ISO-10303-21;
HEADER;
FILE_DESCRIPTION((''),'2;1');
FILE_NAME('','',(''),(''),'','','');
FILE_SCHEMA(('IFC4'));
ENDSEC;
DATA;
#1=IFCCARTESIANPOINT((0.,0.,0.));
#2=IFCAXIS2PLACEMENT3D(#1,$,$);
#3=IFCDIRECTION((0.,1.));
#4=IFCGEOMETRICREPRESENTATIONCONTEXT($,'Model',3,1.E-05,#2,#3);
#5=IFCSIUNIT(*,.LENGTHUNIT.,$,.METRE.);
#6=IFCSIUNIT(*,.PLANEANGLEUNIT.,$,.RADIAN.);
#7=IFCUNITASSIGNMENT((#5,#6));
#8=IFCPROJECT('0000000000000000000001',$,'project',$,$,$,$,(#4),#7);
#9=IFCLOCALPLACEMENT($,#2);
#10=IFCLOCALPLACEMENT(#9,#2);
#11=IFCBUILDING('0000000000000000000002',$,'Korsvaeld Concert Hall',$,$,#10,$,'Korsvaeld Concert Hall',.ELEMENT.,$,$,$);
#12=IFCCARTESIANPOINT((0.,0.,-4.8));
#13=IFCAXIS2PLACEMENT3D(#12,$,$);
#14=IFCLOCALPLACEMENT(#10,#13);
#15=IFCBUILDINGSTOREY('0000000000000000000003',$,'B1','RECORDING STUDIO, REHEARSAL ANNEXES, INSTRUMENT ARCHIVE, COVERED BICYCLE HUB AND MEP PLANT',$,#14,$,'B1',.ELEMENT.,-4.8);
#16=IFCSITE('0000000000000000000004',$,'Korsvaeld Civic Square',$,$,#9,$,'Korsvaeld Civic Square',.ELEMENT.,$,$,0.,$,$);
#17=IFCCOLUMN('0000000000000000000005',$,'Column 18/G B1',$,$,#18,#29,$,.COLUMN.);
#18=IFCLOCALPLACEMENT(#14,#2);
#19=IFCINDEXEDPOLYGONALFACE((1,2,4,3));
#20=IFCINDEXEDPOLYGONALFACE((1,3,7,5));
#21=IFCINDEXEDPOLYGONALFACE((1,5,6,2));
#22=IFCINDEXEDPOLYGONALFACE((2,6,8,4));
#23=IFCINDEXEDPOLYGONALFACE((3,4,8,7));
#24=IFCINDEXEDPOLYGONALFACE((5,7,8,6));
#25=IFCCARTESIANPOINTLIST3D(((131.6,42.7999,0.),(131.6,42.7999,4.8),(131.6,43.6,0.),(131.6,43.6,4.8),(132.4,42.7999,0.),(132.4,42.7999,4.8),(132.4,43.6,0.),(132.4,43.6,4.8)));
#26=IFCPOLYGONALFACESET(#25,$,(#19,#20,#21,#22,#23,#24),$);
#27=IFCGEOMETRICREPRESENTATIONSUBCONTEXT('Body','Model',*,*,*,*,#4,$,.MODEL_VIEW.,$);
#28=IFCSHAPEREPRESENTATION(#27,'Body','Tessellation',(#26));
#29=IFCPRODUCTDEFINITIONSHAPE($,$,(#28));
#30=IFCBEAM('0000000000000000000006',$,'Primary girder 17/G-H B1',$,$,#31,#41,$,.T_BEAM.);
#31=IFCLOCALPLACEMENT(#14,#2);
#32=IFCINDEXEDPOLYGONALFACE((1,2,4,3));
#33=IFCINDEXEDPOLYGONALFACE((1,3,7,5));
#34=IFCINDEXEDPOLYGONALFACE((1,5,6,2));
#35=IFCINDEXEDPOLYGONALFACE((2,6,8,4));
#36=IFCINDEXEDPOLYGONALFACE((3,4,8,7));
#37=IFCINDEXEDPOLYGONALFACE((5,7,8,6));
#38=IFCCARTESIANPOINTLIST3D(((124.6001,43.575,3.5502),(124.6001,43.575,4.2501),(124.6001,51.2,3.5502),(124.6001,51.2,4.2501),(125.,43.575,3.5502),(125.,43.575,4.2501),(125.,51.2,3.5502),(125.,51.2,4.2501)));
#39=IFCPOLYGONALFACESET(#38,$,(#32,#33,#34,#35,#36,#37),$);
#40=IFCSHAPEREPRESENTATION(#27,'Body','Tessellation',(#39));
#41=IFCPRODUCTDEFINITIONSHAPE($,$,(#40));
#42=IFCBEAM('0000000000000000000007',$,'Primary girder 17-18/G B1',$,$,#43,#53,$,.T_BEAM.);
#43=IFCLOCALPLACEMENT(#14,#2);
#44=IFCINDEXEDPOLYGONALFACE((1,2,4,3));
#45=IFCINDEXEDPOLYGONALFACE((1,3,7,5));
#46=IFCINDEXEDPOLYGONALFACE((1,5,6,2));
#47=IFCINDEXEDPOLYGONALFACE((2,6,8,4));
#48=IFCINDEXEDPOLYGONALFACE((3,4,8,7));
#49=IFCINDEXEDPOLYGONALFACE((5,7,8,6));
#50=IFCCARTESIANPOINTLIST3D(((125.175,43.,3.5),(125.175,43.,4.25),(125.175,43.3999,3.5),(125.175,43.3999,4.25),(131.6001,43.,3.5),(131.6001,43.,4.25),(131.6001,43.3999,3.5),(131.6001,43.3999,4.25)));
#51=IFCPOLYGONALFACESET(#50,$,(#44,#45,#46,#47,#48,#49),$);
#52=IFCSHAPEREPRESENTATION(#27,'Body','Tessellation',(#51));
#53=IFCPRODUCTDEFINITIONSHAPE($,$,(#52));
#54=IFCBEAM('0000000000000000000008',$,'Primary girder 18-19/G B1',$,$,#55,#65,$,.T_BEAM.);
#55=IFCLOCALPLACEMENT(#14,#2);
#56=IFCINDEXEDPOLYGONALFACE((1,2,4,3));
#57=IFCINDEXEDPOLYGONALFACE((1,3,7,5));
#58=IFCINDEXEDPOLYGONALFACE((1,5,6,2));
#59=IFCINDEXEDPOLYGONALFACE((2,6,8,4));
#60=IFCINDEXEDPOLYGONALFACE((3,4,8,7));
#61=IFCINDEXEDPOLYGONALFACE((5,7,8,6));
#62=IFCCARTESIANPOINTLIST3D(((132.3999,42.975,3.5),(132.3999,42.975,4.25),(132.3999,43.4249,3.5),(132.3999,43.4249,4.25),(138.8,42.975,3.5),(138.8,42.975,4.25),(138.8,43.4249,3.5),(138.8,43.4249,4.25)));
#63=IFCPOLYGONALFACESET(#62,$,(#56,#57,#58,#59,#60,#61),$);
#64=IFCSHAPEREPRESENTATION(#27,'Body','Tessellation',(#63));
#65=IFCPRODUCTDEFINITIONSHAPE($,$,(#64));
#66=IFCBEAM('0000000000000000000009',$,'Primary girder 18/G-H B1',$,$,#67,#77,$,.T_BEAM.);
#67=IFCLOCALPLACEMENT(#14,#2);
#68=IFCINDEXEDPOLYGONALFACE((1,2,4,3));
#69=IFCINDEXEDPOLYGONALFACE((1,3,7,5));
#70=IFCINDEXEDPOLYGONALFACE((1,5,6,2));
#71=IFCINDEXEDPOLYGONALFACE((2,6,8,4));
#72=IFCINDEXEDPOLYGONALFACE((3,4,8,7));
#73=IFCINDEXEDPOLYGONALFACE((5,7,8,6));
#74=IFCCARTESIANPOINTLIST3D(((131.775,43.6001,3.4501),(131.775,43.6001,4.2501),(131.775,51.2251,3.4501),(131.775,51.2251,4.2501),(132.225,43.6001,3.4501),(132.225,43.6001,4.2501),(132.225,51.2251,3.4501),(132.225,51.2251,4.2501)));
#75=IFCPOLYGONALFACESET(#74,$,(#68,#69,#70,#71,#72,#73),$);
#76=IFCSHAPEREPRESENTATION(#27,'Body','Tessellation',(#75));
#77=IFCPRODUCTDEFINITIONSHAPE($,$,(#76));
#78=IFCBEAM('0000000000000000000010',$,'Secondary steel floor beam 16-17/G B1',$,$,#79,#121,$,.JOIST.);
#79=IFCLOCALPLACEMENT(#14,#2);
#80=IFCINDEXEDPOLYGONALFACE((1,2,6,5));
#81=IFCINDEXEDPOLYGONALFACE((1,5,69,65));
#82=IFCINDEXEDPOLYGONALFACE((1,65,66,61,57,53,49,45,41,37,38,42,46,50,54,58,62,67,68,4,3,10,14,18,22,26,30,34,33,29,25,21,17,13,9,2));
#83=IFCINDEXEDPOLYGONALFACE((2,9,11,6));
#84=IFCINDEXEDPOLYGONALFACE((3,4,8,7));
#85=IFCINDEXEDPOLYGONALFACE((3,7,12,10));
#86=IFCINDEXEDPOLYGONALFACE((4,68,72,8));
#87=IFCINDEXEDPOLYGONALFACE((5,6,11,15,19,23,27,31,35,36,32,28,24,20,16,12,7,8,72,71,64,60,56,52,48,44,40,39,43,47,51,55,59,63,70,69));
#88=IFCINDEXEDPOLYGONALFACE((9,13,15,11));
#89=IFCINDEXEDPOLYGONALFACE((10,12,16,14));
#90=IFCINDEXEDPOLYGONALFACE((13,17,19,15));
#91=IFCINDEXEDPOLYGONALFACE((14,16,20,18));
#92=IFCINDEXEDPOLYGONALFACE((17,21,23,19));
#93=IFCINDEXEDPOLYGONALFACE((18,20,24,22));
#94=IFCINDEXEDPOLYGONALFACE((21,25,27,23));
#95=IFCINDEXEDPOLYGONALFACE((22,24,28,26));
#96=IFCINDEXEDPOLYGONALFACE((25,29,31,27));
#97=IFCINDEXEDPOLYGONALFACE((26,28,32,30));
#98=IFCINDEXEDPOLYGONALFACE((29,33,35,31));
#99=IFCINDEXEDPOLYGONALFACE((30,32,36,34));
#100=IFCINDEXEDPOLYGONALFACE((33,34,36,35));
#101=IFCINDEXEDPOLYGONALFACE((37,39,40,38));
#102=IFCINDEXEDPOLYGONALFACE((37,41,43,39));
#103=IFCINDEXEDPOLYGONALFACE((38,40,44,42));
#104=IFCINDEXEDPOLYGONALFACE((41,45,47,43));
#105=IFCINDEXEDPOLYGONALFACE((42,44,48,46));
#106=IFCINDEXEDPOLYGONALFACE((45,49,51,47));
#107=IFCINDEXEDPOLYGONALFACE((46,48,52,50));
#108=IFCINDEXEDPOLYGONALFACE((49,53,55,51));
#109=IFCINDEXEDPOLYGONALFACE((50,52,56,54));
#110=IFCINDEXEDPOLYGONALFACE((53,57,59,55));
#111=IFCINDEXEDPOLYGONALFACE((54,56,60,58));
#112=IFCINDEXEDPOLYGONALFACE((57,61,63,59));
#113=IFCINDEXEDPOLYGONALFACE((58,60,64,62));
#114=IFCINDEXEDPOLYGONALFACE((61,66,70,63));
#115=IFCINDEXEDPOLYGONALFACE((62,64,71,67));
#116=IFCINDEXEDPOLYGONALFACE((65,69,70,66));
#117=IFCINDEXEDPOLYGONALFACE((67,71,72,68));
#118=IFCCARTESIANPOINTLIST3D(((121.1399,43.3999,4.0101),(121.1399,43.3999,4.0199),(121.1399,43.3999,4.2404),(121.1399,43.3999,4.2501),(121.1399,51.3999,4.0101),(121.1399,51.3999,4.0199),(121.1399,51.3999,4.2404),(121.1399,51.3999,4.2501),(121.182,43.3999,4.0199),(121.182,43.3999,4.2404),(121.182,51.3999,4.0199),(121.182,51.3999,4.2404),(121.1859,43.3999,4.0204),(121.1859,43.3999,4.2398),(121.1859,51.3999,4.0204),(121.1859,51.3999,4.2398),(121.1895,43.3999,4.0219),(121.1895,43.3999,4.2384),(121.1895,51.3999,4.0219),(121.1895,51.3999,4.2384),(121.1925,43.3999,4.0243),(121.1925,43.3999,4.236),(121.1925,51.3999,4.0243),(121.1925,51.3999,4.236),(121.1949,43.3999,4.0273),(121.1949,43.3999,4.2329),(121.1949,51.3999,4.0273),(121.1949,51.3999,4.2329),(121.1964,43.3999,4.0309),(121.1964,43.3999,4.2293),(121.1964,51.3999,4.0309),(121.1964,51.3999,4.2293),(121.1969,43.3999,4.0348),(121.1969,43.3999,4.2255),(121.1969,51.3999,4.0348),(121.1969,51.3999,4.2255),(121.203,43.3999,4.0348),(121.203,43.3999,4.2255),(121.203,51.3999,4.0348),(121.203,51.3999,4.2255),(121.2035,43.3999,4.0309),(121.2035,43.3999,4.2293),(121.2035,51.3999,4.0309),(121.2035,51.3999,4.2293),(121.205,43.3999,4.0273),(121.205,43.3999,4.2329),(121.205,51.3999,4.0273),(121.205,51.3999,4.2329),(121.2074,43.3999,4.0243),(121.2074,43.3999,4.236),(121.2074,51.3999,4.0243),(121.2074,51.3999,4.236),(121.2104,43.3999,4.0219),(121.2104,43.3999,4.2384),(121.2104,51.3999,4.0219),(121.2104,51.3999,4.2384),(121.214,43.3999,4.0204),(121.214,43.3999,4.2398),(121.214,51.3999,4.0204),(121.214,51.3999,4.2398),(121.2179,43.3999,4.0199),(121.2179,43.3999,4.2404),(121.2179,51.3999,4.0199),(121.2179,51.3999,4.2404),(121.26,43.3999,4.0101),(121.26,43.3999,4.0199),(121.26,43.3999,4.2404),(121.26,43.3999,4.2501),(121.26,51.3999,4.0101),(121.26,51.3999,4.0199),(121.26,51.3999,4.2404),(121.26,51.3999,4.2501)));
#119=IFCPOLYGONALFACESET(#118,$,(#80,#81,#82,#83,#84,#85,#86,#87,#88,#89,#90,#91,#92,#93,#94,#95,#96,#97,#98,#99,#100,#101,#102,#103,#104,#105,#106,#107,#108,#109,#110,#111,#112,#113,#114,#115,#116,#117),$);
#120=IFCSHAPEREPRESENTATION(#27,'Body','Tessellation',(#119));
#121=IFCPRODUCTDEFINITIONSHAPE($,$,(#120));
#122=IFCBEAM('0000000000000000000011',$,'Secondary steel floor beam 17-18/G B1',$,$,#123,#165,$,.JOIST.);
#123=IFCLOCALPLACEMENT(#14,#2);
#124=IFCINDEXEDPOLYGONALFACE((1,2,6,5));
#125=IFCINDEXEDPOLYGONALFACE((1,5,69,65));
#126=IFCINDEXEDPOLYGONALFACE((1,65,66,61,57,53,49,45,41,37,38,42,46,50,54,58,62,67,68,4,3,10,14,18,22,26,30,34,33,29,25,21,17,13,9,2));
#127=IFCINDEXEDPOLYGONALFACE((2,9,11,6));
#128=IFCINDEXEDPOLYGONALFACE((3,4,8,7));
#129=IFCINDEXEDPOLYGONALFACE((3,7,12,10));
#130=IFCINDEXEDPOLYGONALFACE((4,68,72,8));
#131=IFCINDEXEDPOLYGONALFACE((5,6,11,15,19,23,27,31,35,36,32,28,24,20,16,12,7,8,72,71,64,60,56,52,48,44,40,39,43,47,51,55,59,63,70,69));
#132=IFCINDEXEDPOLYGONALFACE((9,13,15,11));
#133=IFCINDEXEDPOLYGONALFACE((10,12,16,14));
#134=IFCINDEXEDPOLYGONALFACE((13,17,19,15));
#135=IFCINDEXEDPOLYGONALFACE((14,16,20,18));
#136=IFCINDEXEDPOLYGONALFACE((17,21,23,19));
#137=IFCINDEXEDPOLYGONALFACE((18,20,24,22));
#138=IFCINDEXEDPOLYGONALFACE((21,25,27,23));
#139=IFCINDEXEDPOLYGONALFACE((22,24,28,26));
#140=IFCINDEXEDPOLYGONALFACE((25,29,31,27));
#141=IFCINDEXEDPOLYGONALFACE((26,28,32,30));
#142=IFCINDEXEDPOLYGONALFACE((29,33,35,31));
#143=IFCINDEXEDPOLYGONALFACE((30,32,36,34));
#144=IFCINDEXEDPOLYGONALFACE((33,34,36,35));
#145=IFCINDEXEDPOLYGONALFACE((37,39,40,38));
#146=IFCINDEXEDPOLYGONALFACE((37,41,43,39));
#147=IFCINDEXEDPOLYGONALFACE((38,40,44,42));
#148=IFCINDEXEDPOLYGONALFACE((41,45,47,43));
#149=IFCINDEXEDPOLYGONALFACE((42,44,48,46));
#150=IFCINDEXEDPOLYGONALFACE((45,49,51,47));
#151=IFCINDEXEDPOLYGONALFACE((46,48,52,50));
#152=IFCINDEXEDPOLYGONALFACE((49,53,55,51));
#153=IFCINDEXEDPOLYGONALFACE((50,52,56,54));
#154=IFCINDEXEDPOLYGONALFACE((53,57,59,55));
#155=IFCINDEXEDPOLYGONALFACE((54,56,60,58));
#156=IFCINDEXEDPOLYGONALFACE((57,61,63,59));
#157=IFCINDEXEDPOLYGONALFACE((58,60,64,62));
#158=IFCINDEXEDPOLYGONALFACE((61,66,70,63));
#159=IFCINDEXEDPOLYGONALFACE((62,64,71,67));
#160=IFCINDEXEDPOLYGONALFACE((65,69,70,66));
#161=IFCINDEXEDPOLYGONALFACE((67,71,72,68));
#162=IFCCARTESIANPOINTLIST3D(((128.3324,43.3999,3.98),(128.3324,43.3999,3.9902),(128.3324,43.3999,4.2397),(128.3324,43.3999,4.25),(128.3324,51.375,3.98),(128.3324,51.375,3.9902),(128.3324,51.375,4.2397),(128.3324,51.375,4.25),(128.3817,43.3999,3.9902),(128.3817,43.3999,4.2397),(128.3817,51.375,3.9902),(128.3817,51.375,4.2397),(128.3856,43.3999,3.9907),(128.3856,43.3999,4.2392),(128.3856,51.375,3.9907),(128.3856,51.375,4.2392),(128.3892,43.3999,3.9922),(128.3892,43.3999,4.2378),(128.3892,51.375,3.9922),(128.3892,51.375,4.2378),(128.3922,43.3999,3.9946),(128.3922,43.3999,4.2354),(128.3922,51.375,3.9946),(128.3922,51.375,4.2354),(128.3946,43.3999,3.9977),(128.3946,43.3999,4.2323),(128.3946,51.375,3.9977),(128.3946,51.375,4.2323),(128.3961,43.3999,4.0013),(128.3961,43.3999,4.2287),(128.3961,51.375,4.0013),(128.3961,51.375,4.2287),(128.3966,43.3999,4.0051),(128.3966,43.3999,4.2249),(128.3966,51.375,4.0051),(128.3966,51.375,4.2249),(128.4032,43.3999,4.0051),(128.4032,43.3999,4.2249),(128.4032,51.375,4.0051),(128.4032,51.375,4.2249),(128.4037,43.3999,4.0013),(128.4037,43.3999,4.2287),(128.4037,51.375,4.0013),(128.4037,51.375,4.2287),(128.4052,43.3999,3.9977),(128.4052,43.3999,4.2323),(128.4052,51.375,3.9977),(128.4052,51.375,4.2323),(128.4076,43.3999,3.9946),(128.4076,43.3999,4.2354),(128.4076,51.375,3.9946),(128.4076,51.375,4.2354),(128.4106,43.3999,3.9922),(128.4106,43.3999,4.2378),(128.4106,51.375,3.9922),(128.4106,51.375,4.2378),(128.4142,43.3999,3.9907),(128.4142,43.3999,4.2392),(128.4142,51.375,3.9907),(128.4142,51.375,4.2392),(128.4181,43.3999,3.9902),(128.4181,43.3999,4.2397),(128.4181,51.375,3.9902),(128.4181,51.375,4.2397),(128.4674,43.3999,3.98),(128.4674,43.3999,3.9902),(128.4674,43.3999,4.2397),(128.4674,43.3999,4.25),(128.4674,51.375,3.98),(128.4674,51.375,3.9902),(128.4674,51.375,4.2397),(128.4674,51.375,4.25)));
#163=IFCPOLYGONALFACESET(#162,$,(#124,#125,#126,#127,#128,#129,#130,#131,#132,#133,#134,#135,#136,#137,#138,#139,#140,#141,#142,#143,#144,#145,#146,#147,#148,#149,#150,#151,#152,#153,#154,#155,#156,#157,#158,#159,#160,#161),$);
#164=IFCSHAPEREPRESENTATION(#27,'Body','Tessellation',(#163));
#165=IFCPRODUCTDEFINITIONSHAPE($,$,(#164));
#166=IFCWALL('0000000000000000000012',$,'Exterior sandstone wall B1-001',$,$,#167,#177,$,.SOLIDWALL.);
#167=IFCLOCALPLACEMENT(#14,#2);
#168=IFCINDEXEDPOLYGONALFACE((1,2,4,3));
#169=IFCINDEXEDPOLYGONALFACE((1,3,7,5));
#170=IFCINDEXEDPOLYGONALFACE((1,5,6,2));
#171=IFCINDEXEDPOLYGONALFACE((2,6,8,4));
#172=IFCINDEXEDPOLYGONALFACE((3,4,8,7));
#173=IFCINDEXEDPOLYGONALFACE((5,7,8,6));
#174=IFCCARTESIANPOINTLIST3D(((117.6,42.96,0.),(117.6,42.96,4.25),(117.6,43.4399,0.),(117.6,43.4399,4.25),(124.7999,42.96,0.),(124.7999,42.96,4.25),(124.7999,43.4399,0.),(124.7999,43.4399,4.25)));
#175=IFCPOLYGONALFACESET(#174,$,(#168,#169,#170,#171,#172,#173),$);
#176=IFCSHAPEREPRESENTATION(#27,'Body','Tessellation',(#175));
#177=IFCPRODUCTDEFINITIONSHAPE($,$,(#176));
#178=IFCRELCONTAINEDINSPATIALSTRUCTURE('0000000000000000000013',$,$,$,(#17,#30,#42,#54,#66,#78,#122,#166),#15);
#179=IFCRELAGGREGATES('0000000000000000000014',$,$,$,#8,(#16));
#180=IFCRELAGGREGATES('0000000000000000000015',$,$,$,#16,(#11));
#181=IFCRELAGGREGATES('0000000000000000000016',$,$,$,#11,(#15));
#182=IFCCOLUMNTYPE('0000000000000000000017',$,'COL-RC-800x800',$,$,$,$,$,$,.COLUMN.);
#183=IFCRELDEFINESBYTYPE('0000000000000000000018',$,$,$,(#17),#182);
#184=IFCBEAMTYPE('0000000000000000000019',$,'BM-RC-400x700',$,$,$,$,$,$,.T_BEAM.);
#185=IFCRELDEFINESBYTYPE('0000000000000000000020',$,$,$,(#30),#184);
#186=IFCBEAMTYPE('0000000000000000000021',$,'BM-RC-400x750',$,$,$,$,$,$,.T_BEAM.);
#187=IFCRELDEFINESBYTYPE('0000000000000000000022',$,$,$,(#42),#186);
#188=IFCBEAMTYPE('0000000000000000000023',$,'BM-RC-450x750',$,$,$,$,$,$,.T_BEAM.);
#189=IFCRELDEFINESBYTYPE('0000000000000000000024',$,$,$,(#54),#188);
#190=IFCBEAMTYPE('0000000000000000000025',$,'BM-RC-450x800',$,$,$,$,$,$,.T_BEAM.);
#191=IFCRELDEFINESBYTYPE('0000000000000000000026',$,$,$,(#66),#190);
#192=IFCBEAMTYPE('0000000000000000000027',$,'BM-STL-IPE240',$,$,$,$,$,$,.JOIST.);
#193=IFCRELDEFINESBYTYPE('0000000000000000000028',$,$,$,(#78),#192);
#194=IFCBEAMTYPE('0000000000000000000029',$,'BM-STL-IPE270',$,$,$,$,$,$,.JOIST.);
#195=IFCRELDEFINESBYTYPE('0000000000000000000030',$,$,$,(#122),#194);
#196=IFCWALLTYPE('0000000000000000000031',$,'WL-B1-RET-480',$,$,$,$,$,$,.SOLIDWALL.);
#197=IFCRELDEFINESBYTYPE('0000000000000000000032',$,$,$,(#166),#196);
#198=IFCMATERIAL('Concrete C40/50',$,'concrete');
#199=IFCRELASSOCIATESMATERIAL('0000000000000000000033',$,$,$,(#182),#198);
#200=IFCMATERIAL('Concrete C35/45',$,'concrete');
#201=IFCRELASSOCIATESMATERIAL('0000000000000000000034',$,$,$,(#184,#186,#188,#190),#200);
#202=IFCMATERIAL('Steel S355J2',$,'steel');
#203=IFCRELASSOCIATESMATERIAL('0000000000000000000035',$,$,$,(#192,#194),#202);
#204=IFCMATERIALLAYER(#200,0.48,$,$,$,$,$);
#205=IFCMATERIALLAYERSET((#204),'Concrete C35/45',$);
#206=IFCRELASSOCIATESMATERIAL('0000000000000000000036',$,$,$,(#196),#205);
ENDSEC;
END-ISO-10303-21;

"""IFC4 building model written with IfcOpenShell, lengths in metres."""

from ifc_helpers import new_model, si_unit, direction, frame, frame_2d, origin, origin_2d, place, context, subcontext, project, spatial, rectangle, i_section, extrude, material, layer, layer_set, material_profile, profile_set, type_object, element, save


model = new_model("IFC4")

# Units and contexts
model_context = context("Model", 3, precision=1e-05, world=origin(), true_north=direction((0.0, 1.0)))
body_context = subcontext(model_context, "Body", "Model", "MODEL_VIEW")
ifc_project = project(units=[si_unit("LENGTHUNIT", "METRE"), si_unit("PLANEANGLEUNIT", "RADIAN")], contexts=[model_context])

# Site, building, storey
site_placement = place(None, origin())
site = spatial("IfcSite", under=ifc_project, at=site_placement, Name="Korsvaeld Civic Square", LongName="Korsvaeld Civic Square", CompositionType="ELEMENT", RefElevation=0.0)
building_placement = place(site_placement, origin())
building = spatial("IfcBuilding", under=site, at=building_placement, Name="Korsvaeld Concert Hall", LongName="Korsvaeld Concert Hall", CompositionType="ELEMENT")
storey_placement = place(building_placement, frame((0.0, 0.0, -4.8)))
storey = spatial("IfcBuildingStorey", under=building, at=storey_placement, Name="B1", Description="RECORDING STUDIO, REHEARSAL ANNEXES, INSTRUMENT ARCHIVE, COVERED BICYCLE HUB AND MEP PLANT", LongName="B1", CompositionType="ELEMENT", Elevation=-4.8)

# Shared definitions
ifc_material_1 = material(Name="Concrete C35/45", Category="concrete")

# Column
ifc_material_2 = material(Name="Concrete C40/50", Category="concrete")
ifc_material_profile_1 = material_profile(ifc_material_2, rectangle(XDim=0.8, YDim=0.8, at=origin_2d()), Name="RC 800x800")
ifc_profile_set_1 = profile_set([ifc_material_profile_1], Name="Concrete C40/50")
column_type_1 = type_object("IfcColumnType", Name="COL-RC-800x800", PredefinedType="COLUMN", material=ifc_profile_set_1)
for number, where, z_axis, x_axis, name in (
    (1, (132.0, 43.2, 0.0), (0.0, 0.0, 1.0), (1.0, 0.0, 0.0), "Column 18/G B1"),
):
    element("IfcColumn", number, at=place(storey_placement, frame(where, z_axis=z_axis, x_axis=x_axis)), inside=storey, type_object=column_type_1, Name=name, PredefinedType="COLUMN", context=body_context, shape_type="SweptSolid", body=[
        extrude(rectangle(XDim=0.8, YDim=0.8, at=origin_2d()), origin(), (0.0, 0.0, 1.0), 4.8),
    ])

# Beams
ifc_material_profile_2 = material_profile(ifc_material_1, rectangle(XDim=0.3999, YDim=0.7, at=origin_2d()), Name="RC 400x700")
ifc_profile_set_2 = profile_set([ifc_material_profile_2], Name="Concrete C35/45")
beam_type_1 = type_object("IfcBeamType", Name="BM-RC-400x700", PredefinedType="T_BEAM", material=ifc_profile_set_2)
beam_1_placement = place(storey_placement, frame((124.8, 43.575, 3.9001), z_axis=(0.0, 1.0, 0.0), x_axis=(-1.0, 0.0, 0.0)))
element("IfcBeam", 2, at=beam_1_placement, inside=storey, type_object=beam_type_1, Name="Primary girder 17/G-H B1", PredefinedType="T_BEAM", context=body_context, shape_type="SweptSolid", body=[
    extrude(rectangle(XDim=0.3999, YDim=0.7, at=origin_2d()), origin(), (0.0, 0.0, 1.0), 7.625),
])
ifc_material_profile_3 = material_profile(ifc_material_1, rectangle(XDim=0.3999, YDim=0.75, at=origin_2d()), Name="RC 400x750")
ifc_profile_set_3 = profile_set([ifc_material_profile_3], Name="Concrete C35/45")
beam_type_2 = type_object("IfcBeamType", Name="BM-RC-400x750", PredefinedType="T_BEAM", material=ifc_profile_set_3)
beam_2_placement = place(storey_placement, frame((125.175, 43.2, 3.875), z_axis=(1.0, 0.0, 0.0), x_axis=(0.0, 1.0, 0.0)))
element("IfcBeam", 3, at=beam_2_placement, inside=storey, type_object=beam_type_2, Name="Primary girder 17-18/G B1", PredefinedType="T_BEAM", context=body_context, shape_type="SweptSolid", body=[
    extrude(rectangle(XDim=0.3999, YDim=0.75, at=origin_2d()), origin(), (0.0, 0.0, 1.0), 6.425),
])
ifc_material_profile_4 = material_profile(ifc_material_1, rectangle(XDim=0.45, YDim=0.75, at=origin_2d()), Name="RC 450x750")
ifc_profile_set_4 = profile_set([ifc_material_profile_4], Name="Concrete C35/45")
beam_type_3 = type_object("IfcBeamType", Name="BM-RC-450x750", PredefinedType="T_BEAM", material=ifc_profile_set_4)
beam_3_placement = place(storey_placement, frame((132.3999, 43.2, 3.875), z_axis=(1.0, 0.0, 0.0), x_axis=(0.0, 1.0, 0.0)))
element("IfcBeam", 4, at=beam_3_placement, inside=storey, type_object=beam_type_3, Name="Primary girder 18-19/G B1", PredefinedType="T_BEAM", context=body_context, shape_type="SweptSolid", body=[
    extrude(rectangle(XDim=0.45, YDim=0.75, at=origin_2d()), origin(), (0.0, 0.0, 1.0), 6.4001),
])
ifc_material_profile_5 = material_profile(ifc_material_1, rectangle(XDim=0.45, YDim=0.8, at=origin_2d()), Name="RC 450x800")
ifc_profile_set_5 = profile_set([ifc_material_profile_5], Name="Concrete C35/45")
beam_type_4 = type_object("IfcBeamType", Name="BM-RC-450x800", PredefinedType="T_BEAM", material=ifc_profile_set_5)
beam_4_placement = place(storey_placement, frame((132.0, 43.6001, 3.8501), z_axis=(0.0, 1.0, 0.0), x_axis=(-1.0, 0.0, 0.0)))
element("IfcBeam", 5, at=beam_4_placement, inside=storey, type_object=beam_type_4, Name="Primary girder 18/G-H B1", PredefinedType="T_BEAM", context=body_context, shape_type="SweptSolid", body=[
    extrude(rectangle(XDim=0.45, YDim=0.8, at=origin_2d()), origin(), (0.0, 0.0, 1.0), 7.625),
])
ifc_material_3 = material(Name="Steel S355J2", Category="steel")
ifc_material_profile_6 = material_profile(ifc_material_3, i_section(OverallWidth=0.1201, OverallDepth=0.24, WebThickness=0.0061, FlangeThickness=0.0098, FilletRadius=0.0149, at=origin_2d()), Name="IPE 240")
ifc_profile_set_6 = profile_set([ifc_material_profile_6], Name="Steel S355J2")
beam_type_5 = type_object("IfcBeamType", Name="BM-STL-IPE240", PredefinedType="JOIST", material=ifc_profile_set_6)
beam_5_placement = place(storey_placement, frame((121.2, 43.3999, 4.1301), z_axis=(0.0, 1.0, 0.0), x_axis=(-1.0, 0.0, 0.0)))
element("IfcBeam", 6, at=beam_5_placement, inside=storey, type_object=beam_type_5, Name="Secondary steel floor beam 16-17/G B1", PredefinedType="JOIST", context=body_context, shape_type="SweptSolid", body=[
    extrude(i_section(OverallWidth=0.1201, OverallDepth=0.24, WebThickness=0.0061, FlangeThickness=0.0098, FilletRadius=0.0149, at=origin_2d()), origin(), (0.0, 0.0, 1.0), 8.0),
])
ifc_material_profile_7 = material_profile(ifc_material_3, i_section(OverallWidth=0.135, OverallDepth=0.27, WebThickness=0.0066, FlangeThickness=0.0103, FilletRadius=0.0149, at=origin_2d()), Name="IPE 270")
ifc_profile_set_7 = profile_set([ifc_material_profile_7], Name="Steel S355J2")
beam_type_6 = type_object("IfcBeamType", Name="BM-STL-IPE270", PredefinedType="JOIST", material=ifc_profile_set_7)
beam_6_placement = place(storey_placement, frame((128.3999, 43.3999, 4.115), z_axis=(0.0, 1.0, 0.0), x_axis=(-1.0, 0.0, 0.0)))
element("IfcBeam", 7, at=beam_6_placement, inside=storey, type_object=beam_type_6, Name="Secondary steel floor beam 17-18/G B1", PredefinedType="JOIST", context=body_context, shape_type="SweptSolid", body=[
    extrude(i_section(OverallWidth=0.135, OverallDepth=0.27, WebThickness=0.0066, FlangeThickness=0.0103, FilletRadius=0.0149, at=origin_2d()), origin(), (0.0, 0.0, 1.0), 7.9751),
])

# Wall
ifc_layer = layer(ifc_material_1, 0.48)
ifc_layer_set = layer_set([ifc_layer], Name="Concrete C35/45")
wall_type = type_object("IfcWallType", Name="WL-B1-RET-480", PredefinedType="SOLIDWALL", material=ifc_layer_set)
wall_placement = place(storey_placement, frame((124.8, 43.2, 0.0), z_axis=(0.0, 0.0, 1.0), x_axis=(-1.0, 0.0, 0.0)))
element("IfcWall", 8, at=wall_placement, inside=storey, type_object=wall_type, Name="Exterior sandstone wall B1-001", PredefinedType="SOLIDWALL", context=body_context, shape_type="SweptSolid", body=[
    extrude(rectangle(XDim=7.2, YDim=0.48, at=frame_2d((3.6001, 0.0))), origin(), (0.0, 0.0, 1.0), 4.25),
])

save(model, "model.ifc")
